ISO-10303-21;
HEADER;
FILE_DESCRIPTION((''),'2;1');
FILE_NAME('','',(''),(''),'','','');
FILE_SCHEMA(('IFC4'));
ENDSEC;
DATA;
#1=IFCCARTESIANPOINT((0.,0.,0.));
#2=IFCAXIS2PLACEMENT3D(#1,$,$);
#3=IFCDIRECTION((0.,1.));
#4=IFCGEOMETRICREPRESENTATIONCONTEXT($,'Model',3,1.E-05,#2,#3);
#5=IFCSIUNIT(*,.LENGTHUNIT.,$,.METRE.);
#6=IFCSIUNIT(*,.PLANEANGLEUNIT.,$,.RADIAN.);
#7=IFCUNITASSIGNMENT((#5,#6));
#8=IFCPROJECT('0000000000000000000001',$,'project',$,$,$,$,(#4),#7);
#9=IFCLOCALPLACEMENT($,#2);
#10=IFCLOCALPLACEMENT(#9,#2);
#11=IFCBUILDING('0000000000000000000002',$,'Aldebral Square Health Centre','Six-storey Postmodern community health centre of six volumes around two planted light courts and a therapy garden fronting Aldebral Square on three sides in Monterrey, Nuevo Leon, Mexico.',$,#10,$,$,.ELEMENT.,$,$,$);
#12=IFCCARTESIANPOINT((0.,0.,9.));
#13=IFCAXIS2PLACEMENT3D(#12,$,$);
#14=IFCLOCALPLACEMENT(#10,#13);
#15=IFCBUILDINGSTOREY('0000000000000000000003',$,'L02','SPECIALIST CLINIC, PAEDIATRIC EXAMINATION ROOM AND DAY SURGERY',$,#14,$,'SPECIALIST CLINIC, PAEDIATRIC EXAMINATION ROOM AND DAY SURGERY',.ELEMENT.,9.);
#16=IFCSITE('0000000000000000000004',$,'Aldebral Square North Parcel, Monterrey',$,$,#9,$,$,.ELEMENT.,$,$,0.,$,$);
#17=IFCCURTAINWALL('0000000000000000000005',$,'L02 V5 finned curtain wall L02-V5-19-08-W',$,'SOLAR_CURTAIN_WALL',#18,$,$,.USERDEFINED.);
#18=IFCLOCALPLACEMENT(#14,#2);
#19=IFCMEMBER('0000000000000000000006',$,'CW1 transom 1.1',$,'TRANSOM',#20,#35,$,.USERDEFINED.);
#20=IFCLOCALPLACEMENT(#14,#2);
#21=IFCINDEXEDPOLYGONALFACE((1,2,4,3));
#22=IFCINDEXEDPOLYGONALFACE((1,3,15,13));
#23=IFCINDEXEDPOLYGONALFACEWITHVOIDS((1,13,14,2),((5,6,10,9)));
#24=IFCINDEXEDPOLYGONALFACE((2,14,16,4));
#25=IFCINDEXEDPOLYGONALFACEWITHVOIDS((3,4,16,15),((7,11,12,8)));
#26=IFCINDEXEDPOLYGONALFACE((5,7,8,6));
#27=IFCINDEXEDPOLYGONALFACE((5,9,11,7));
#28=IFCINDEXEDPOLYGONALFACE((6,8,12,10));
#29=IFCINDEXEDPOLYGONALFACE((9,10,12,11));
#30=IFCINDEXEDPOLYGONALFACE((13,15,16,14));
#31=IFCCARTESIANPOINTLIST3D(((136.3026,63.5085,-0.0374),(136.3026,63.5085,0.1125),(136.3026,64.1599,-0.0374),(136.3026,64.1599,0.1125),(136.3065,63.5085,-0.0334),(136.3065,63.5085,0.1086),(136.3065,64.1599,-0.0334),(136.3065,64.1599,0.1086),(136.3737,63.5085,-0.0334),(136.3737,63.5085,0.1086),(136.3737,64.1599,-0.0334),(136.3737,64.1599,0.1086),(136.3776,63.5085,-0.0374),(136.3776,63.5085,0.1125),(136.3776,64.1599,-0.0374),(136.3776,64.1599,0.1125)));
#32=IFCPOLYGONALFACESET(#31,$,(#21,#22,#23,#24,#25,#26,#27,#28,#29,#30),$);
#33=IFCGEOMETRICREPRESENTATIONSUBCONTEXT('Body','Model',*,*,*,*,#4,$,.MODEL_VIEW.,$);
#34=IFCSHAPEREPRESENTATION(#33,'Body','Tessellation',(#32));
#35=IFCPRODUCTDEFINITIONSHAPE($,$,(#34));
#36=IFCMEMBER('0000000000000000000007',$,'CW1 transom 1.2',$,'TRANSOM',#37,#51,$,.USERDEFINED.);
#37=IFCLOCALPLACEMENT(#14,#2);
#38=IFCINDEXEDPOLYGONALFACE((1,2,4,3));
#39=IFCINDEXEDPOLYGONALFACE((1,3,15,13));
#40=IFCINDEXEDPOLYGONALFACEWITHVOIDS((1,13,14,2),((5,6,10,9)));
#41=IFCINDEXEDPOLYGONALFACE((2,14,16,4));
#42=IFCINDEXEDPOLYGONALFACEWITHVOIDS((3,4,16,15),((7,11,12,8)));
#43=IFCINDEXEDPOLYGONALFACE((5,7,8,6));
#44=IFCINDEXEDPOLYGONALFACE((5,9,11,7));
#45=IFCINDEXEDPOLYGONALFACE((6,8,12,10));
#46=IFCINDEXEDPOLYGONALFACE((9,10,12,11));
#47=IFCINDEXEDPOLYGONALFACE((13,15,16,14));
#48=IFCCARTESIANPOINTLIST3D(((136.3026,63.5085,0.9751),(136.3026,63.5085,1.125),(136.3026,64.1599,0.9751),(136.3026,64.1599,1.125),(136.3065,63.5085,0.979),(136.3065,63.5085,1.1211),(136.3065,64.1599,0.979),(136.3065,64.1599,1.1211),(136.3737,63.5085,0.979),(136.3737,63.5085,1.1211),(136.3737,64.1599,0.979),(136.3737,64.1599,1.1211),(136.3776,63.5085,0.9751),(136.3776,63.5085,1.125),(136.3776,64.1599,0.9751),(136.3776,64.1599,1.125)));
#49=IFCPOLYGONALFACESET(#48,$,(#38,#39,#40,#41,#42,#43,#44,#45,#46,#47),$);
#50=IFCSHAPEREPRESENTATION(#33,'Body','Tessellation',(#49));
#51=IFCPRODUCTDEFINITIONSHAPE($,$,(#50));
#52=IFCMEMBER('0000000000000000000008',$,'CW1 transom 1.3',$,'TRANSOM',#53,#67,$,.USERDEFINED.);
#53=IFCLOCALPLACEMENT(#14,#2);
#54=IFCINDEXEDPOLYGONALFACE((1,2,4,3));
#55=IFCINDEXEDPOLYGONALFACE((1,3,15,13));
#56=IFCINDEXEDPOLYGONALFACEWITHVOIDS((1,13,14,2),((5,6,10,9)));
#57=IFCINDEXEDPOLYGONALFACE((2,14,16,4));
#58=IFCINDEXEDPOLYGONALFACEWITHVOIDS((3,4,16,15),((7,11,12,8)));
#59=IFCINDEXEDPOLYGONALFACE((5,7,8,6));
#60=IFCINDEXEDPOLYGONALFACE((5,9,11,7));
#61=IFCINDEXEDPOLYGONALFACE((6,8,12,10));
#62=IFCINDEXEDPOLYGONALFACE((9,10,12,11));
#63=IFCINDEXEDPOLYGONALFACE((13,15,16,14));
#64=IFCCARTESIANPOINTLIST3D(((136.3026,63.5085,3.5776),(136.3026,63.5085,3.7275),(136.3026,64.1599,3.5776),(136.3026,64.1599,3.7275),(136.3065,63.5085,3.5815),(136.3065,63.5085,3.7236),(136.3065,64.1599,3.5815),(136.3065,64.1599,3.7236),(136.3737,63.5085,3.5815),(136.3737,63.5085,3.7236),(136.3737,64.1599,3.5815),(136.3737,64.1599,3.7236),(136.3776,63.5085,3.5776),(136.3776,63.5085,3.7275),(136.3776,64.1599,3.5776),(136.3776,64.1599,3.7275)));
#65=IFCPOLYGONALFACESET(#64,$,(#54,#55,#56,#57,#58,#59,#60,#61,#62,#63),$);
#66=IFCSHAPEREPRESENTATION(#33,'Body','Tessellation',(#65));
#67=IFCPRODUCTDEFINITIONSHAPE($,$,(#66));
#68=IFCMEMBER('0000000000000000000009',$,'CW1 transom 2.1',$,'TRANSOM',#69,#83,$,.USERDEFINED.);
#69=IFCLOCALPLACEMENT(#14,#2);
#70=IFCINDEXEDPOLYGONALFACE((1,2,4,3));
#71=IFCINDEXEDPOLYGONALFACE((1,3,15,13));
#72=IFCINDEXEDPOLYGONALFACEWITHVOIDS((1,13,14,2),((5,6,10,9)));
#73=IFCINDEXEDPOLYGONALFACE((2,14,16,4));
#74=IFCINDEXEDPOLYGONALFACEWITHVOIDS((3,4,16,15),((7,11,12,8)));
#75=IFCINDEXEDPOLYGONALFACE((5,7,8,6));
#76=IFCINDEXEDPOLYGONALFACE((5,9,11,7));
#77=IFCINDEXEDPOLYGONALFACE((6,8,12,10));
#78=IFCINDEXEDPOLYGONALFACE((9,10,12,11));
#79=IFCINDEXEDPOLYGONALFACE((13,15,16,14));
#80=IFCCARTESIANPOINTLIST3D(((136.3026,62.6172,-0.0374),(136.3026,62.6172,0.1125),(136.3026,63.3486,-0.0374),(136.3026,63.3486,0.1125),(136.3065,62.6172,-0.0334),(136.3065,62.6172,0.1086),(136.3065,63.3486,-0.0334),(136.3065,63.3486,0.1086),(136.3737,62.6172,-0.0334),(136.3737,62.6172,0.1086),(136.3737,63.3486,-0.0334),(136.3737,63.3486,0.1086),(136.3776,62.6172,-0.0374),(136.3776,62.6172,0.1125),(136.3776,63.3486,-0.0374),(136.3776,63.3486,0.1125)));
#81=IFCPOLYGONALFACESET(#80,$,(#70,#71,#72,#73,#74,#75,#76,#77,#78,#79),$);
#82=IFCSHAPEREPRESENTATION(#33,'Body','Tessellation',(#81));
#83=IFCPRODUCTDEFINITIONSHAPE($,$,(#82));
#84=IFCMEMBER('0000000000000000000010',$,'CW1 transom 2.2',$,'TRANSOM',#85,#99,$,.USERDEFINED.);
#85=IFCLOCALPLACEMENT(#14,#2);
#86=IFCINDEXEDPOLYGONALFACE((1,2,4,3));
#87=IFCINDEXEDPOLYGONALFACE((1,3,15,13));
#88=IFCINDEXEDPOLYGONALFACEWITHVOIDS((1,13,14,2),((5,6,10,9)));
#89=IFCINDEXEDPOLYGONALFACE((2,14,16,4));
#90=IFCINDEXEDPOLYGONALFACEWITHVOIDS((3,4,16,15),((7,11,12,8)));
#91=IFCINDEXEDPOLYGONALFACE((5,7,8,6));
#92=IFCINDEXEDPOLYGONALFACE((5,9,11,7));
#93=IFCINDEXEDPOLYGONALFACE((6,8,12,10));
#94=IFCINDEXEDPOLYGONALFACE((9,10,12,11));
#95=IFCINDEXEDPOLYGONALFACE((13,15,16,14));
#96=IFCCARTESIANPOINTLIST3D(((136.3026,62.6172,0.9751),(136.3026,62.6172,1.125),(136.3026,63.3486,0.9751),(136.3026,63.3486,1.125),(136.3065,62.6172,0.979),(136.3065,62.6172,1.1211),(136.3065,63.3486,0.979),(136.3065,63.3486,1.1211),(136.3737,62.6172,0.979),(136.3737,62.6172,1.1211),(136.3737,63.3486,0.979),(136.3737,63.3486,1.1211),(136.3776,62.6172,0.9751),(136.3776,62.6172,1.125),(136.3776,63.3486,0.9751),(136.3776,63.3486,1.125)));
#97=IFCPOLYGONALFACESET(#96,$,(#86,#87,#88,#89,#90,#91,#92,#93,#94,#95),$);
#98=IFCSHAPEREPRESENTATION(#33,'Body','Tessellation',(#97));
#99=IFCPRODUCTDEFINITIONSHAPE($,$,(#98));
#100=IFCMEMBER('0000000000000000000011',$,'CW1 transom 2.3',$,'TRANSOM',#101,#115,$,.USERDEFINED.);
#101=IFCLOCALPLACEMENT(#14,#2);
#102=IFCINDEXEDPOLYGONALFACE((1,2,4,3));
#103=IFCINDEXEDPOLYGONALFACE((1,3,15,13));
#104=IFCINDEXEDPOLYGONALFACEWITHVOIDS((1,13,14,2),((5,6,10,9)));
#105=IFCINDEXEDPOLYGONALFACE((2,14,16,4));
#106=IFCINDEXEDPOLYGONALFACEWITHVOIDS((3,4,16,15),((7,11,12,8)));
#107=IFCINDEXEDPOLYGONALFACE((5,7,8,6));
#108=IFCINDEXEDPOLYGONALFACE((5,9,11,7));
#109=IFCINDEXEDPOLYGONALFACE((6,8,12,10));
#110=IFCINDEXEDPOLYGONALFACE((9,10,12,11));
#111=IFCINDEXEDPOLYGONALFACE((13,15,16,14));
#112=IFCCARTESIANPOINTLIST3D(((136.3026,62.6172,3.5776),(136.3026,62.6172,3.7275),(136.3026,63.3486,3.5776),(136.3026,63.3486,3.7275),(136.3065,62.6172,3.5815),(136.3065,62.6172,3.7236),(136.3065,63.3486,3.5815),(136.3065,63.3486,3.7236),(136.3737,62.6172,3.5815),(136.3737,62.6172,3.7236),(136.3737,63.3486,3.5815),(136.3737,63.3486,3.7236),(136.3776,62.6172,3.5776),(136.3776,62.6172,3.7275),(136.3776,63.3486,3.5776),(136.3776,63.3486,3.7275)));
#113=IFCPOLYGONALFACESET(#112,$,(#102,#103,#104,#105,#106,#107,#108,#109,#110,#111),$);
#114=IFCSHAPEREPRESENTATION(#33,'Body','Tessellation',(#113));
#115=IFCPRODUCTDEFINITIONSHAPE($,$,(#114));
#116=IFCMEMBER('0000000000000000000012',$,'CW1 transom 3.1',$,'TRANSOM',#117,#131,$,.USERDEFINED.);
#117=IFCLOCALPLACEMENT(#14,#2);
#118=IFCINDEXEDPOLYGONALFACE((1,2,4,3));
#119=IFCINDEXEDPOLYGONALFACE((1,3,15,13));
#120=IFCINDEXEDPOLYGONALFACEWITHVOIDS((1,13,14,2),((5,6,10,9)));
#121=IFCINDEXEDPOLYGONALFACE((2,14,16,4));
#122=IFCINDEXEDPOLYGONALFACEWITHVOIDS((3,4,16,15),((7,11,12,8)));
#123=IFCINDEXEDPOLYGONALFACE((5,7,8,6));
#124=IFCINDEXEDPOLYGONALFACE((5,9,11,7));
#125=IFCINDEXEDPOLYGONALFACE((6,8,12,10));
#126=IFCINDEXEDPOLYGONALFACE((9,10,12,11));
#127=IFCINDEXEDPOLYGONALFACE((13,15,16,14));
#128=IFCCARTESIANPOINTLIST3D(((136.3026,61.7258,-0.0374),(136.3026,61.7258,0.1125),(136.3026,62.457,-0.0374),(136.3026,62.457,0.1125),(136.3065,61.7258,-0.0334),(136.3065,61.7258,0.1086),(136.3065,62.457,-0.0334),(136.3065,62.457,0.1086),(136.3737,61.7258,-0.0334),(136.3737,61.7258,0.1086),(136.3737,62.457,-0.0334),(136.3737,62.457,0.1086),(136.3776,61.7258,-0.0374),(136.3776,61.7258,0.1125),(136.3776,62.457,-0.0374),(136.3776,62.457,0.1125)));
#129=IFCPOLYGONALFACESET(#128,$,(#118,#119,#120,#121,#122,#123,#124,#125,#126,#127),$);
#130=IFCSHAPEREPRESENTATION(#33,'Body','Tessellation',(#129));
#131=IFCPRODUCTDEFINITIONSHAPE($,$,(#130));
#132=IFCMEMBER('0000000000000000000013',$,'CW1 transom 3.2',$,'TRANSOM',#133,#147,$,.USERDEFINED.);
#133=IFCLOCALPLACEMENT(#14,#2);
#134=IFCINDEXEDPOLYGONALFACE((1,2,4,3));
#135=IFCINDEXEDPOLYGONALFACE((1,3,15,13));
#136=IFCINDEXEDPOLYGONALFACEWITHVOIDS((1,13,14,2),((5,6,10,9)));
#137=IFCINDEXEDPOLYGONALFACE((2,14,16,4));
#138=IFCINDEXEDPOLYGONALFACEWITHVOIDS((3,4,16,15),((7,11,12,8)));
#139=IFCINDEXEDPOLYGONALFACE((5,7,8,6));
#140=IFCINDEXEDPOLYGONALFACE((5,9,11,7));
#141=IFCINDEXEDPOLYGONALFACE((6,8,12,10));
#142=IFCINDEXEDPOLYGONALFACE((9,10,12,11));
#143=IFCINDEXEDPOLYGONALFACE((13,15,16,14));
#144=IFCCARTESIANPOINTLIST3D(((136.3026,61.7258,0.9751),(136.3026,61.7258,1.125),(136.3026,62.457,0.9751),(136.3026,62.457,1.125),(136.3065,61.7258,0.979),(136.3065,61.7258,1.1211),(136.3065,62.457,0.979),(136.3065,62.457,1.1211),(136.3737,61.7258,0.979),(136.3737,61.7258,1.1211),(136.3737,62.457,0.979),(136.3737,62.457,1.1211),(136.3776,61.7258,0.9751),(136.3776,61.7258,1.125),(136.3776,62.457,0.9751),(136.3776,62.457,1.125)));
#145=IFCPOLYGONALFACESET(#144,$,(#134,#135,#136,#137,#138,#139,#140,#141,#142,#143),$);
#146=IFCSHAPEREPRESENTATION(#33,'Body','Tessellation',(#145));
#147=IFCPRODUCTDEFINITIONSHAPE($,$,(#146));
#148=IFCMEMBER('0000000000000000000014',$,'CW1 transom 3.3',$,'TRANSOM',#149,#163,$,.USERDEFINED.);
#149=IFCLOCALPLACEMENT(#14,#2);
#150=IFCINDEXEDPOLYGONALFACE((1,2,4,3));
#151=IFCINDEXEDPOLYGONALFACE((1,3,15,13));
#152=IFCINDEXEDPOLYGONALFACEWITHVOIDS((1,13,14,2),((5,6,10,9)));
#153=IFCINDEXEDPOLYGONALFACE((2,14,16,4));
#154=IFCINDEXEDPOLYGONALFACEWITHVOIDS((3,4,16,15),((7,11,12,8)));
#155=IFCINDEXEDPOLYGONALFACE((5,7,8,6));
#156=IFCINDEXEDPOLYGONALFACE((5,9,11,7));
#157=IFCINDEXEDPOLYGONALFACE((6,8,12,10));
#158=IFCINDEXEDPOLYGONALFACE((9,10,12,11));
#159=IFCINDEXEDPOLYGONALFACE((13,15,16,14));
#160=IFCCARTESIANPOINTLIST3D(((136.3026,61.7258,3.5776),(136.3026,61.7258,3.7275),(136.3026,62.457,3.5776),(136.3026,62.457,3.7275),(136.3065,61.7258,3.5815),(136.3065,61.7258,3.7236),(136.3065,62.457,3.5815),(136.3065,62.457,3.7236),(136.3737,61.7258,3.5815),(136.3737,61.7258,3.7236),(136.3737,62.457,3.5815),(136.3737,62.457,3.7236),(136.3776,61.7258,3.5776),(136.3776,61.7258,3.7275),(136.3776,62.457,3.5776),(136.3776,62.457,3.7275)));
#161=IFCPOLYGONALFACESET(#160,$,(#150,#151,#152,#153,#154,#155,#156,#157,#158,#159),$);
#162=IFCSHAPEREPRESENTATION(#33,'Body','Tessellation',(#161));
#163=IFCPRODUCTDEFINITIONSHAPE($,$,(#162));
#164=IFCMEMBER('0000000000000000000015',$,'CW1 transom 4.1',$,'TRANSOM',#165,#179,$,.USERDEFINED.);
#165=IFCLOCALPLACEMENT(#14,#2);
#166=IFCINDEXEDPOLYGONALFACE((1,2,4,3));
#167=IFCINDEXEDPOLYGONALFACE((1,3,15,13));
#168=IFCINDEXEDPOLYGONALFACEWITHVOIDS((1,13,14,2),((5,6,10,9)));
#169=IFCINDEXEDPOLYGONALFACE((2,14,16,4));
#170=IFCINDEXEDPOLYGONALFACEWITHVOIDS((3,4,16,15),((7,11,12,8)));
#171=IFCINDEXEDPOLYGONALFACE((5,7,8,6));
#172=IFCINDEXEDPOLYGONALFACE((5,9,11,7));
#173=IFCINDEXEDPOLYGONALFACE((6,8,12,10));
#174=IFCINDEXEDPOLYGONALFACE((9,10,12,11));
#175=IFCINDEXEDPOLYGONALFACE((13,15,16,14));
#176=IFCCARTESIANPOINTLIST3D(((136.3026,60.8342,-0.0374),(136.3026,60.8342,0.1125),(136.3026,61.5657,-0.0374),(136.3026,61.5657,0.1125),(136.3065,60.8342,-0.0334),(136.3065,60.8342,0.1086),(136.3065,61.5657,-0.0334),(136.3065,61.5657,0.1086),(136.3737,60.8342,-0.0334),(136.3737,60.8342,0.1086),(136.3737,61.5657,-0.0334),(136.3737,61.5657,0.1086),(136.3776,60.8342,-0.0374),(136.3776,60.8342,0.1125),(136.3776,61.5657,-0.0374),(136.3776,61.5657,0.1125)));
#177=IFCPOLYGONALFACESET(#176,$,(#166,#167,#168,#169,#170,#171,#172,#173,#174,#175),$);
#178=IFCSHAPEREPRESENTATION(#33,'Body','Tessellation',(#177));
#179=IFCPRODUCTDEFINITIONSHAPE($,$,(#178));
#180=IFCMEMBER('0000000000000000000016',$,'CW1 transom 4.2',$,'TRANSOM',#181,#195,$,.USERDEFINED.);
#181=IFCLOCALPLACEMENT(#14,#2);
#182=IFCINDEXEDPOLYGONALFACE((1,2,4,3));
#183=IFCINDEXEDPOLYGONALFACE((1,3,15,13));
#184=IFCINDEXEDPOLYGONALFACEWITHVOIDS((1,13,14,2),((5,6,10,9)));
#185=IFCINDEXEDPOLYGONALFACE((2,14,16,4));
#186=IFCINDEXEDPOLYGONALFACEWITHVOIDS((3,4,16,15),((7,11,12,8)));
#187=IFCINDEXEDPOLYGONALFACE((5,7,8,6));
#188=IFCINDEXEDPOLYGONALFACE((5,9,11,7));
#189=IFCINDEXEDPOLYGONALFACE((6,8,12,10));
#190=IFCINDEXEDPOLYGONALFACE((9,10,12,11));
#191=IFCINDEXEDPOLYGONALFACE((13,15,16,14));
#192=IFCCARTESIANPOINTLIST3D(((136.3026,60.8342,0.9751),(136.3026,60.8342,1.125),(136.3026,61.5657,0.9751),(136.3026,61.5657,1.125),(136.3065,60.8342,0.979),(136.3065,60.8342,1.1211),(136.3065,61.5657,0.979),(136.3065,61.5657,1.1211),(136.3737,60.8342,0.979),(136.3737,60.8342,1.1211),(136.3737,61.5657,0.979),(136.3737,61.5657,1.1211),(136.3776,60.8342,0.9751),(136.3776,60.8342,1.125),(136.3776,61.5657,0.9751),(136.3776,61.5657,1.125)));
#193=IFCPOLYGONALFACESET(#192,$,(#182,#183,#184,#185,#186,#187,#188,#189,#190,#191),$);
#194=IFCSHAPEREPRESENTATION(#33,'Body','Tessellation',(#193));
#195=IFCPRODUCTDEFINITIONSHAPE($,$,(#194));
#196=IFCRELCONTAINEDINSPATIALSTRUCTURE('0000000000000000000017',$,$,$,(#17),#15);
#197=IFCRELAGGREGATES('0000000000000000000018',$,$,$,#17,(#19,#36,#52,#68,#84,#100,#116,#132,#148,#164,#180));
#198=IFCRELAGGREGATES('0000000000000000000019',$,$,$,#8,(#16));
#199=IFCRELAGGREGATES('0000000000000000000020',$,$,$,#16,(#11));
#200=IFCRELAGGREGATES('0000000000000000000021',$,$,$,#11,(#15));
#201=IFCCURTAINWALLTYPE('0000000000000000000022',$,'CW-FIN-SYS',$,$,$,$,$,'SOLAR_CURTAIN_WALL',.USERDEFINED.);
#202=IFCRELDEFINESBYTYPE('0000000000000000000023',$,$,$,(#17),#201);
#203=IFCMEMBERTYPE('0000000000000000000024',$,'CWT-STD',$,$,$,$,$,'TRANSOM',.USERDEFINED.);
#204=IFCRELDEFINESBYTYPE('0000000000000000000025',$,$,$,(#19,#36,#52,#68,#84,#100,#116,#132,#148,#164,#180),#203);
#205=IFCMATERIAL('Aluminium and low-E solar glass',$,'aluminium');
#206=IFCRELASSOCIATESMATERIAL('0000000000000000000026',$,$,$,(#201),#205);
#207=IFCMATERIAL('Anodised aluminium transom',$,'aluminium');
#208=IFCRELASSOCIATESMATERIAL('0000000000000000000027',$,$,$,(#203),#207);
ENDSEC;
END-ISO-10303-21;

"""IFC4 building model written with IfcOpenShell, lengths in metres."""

from ifc_helpers import new_model, si_unit, direction, frame, origin, origin_2d, place, context, subcontext, project, spatial, hollow_rectangle, extrude, material, material_profile, profile_set, type_object, element, aggregate, save


model = new_model("IFC4")

# Units and contexts
model_context = context("Model", 3, precision=1e-05, world=origin(), true_north=direction((0.0, 1.0)))
body_context = subcontext(model_context, "Body", "Model", "MODEL_VIEW")
ifc_project = project(units=[si_unit("LENGTHUNIT", "METRE"), si_unit("PLANEANGLEUNIT", "RADIAN")], contexts=[model_context])

# Site, building, storey
site_placement = place(None, origin())
site = spatial("IfcSite", under=ifc_project, at=site_placement, Name="Aldebral Square North Parcel, Monterrey", CompositionType="ELEMENT", RefElevation=0.0)
building_placement = place(site_placement, origin())
building = spatial("IfcBuilding", under=site, at=building_placement, Name="Aldebral Square Health Centre", Description="Six-storey Postmodern community health centre of six volumes around two planted light courts and a therapy garden fronting Aldebral Square on three sides in Monterrey, Nuevo Leon, Mexico.", CompositionType="ELEMENT")
storey_placement = place(building_placement, frame((0.0, 0.0, 9.0)))
storey = spatial("IfcBuildingStorey", under=building, at=storey_placement, Name="L02", Description="SPECIALIST CLINIC, PAEDIATRIC EXAMINATION ROOM AND DAY SURGERY", LongName="SPECIALIST CLINIC, PAEDIATRIC EXAMINATION ROOM AND DAY SURGERY", CompositionType="ELEMENT", Elevation=9.0)

# Curtain wall, members
ifc_material_1 = material(Name="Aluminium and low-E solar glass", Category="aluminium")
curtain_wall_type = type_object("IfcCurtainWallType", Name="CW-FIN-SYS", ElementType="SOLAR_CURTAIN_WALL", PredefinedType="USERDEFINED", material=ifc_material_1)
curtain_wall_placement = place(storey_placement, origin())
curtain_wall = element("IfcCurtainWall", 1, at=curtain_wall_placement, inside=storey, type_object=curtain_wall_type, Name="L02 V5 finned curtain wall L02-V5-19-08-W", ObjectType="SOLAR_CURTAIN_WALL", PredefinedType="USERDEFINED")
ifc_material_2 = material(Name="Anodised aluminium transom", Category="aluminium")
ifc_material_profile = material_profile(ifc_material_2, hollow_rectangle(XDim=0.075, YDim=0.1499, WallThickness=0.0039, at=origin_2d()), Name="CWT 75x150x4")
ifc_profile_set = profile_set([ifc_material_profile], Name="Anodised aluminium transom")
member_type = type_object("IfcMemberType", Name="CWT-STD", ElementType="TRANSOM", PredefinedType="USERDEFINED", material=ifc_profile_set)
member_1_placement = place(storey_placement, frame((136.3401, 64.1599, 0.0376), z_axis=(0.0, -1.0, 0.0), x_axis=(1.0, 0.0, 0.0)))
member_1 = element("IfcMember", 2, at=member_1_placement, type_object=member_type, Name="CW1 transom 1.1", ObjectType="TRANSOM", PredefinedType="USERDEFINED", context=body_context, shape_type="SweptSolid", body=[
    extrude(hollow_rectangle(XDim=0.075, YDim=0.1499, WallThickness=0.0039, at=origin_2d()), origin(), (0.0, 0.0, 1.0), 0.6514),
])
member_2_placement = place(storey_placement, frame((136.3401, 64.1599, 1.05), z_axis=(0.0, -1.0, 0.0), x_axis=(1.0, 0.0, 0.0)))
member_2 = element("IfcMember", 3, at=member_2_placement, type_object=member_type, Name="CW1 transom 1.2", ObjectType="TRANSOM", PredefinedType="USERDEFINED", context=body_context, shape_type="SweptSolid", body=[
    extrude(hollow_rectangle(XDim=0.075, YDim=0.1499, WallThickness=0.0039, at=origin_2d()), origin(), (0.0, 0.0, 1.0), 0.6514),
])
member_3_placement = place(storey_placement, frame((136.3401, 64.1599, 3.6526), z_axis=(0.0, -1.0, 0.0), x_axis=(1.0, 0.0, 0.0)))
member_3 = element("IfcMember", 4, at=member_3_placement, type_object=member_type, Name="CW1 transom 1.3", ObjectType="TRANSOM", PredefinedType="USERDEFINED", context=body_context, shape_type="SweptSolid", body=[
    extrude(hollow_rectangle(XDim=0.075, YDim=0.1499, WallThickness=0.0039, at=origin_2d()), origin(), (0.0, 0.0, 1.0), 0.6514),
])
member_4_placement = place(storey_placement, frame((136.3401, 63.3486, 0.0376), z_axis=(0.0, -1.0, 0.0), x_axis=(1.0, 0.0, 0.0)))
member_4 = element("IfcMember", 5, at=member_4_placement, type_object=member_type, Name="CW1 transom 2.1", ObjectType="TRANSOM", PredefinedType="USERDEFINED", context=body_context, shape_type="SweptSolid", body=[
    extrude(hollow_rectangle(XDim=0.075, YDim=0.1499, WallThickness=0.0039, at=origin_2d()), origin(), (0.0, 0.0, 1.0), 0.7314),
])
member_5_placement = place(storey_placement, frame((136.3401, 63.3486, 1.05), z_axis=(0.0, -1.0, 0.0), x_axis=(1.0, 0.0, 0.0)))
member_5 = element("IfcMember", 6, at=member_5_placement, type_object=member_type, Name="CW1 transom 2.2", ObjectType="TRANSOM", PredefinedType="USERDEFINED", context=body_context, shape_type="SweptSolid", body=[
    extrude(hollow_rectangle(XDim=0.075, YDim=0.1499, WallThickness=0.0039, at=origin_2d()), origin(), (0.0, 0.0, 1.0), 0.7314),
])
member_6_placement = place(storey_placement, frame((136.3401, 63.3486, 3.6526), z_axis=(0.0, -1.0, 0.0), x_axis=(1.0, 0.0, 0.0)))
member_6 = element("IfcMember", 7, at=member_6_placement, type_object=member_type, Name="CW1 transom 2.3", ObjectType="TRANSOM", PredefinedType="USERDEFINED", context=body_context, shape_type="SweptSolid", body=[
    extrude(hollow_rectangle(XDim=0.075, YDim=0.1499, WallThickness=0.0039, at=origin_2d()), origin(), (0.0, 0.0, 1.0), 0.7314),
])
member_7_placement = place(storey_placement, frame((136.3401, 62.457, 0.0376), z_axis=(0.0, -1.0, 0.0), x_axis=(1.0, 0.0, 0.0)))
member_7 = element("IfcMember", 8, at=member_7_placement, type_object=member_type, Name="CW1 transom 3.1", ObjectType="TRANSOM", PredefinedType="USERDEFINED", context=body_context, shape_type="SweptSolid", body=[
    extrude(hollow_rectangle(XDim=0.075, YDim=0.1499, WallThickness=0.0039, at=origin_2d()), origin(), (0.0, 0.0, 1.0), 0.7312),
])
member_8_placement = place(storey_placement, frame((136.3401, 62.457, 1.05), z_axis=(0.0, -1.0, 0.0), x_axis=(1.0, 0.0, 0.0)))
member_8 = element("IfcMember", 9, at=member_8_placement, type_object=member_type, Name="CW1 transom 3.2", ObjectType="TRANSOM", PredefinedType="USERDEFINED", context=body_context, shape_type="SweptSolid", body=[
    extrude(hollow_rectangle(XDim=0.075, YDim=0.1499, WallThickness=0.0039, at=origin_2d()), origin(), (0.0, 0.0, 1.0), 0.7312),
])
member_9_placement = place(storey_placement, frame((136.3401, 62.457, 3.6526), z_axis=(0.0, -1.0, 0.0), x_axis=(1.0, 0.0, 0.0)))
member_9 = element("IfcMember", 10, at=member_9_placement, type_object=member_type, Name="CW1 transom 3.3", ObjectType="TRANSOM", PredefinedType="USERDEFINED", context=body_context, shape_type="SweptSolid", body=[
    extrude(hollow_rectangle(XDim=0.075, YDim=0.1499, WallThickness=0.0039, at=origin_2d()), origin(), (0.0, 0.0, 1.0), 0.7312),
])
member_10_placement = place(storey_placement, frame((136.3401, 61.5657, 0.0376), z_axis=(0.0, -1.0, 0.0), x_axis=(1.0, 0.0, 0.0)))
member_10 = element("IfcMember", 11, at=member_10_placement, type_object=member_type, Name="CW1 transom 4.1", ObjectType="TRANSOM", PredefinedType="USERDEFINED", context=body_context, shape_type="SweptSolid", body=[
    extrude(hollow_rectangle(XDim=0.075, YDim=0.1499, WallThickness=0.0039, at=origin_2d()), origin(), (0.0, 0.0, 1.0), 0.7314),
])
member_11_placement = place(storey_placement, frame((136.3401, 61.5657, 1.05), z_axis=(0.0, -1.0, 0.0), x_axis=(1.0, 0.0, 0.0)))
member_11 = element("IfcMember", 12, at=member_11_placement, type_object=member_type, Name="CW1 transom 4.2", ObjectType="TRANSOM", PredefinedType="USERDEFINED", context=body_context, shape_type="SweptSolid", body=[
    extrude(hollow_rectangle(XDim=0.075, YDim=0.1499, WallThickness=0.0039, at=origin_2d()), origin(), (0.0, 0.0, 1.0), 0.7314),
])
aggregate(curtain_wall, [member_1, member_2, member_3, member_4, member_5, member_6, member_7, member_8, member_9, member_10, member_11])

save(model, "model.ifc")
